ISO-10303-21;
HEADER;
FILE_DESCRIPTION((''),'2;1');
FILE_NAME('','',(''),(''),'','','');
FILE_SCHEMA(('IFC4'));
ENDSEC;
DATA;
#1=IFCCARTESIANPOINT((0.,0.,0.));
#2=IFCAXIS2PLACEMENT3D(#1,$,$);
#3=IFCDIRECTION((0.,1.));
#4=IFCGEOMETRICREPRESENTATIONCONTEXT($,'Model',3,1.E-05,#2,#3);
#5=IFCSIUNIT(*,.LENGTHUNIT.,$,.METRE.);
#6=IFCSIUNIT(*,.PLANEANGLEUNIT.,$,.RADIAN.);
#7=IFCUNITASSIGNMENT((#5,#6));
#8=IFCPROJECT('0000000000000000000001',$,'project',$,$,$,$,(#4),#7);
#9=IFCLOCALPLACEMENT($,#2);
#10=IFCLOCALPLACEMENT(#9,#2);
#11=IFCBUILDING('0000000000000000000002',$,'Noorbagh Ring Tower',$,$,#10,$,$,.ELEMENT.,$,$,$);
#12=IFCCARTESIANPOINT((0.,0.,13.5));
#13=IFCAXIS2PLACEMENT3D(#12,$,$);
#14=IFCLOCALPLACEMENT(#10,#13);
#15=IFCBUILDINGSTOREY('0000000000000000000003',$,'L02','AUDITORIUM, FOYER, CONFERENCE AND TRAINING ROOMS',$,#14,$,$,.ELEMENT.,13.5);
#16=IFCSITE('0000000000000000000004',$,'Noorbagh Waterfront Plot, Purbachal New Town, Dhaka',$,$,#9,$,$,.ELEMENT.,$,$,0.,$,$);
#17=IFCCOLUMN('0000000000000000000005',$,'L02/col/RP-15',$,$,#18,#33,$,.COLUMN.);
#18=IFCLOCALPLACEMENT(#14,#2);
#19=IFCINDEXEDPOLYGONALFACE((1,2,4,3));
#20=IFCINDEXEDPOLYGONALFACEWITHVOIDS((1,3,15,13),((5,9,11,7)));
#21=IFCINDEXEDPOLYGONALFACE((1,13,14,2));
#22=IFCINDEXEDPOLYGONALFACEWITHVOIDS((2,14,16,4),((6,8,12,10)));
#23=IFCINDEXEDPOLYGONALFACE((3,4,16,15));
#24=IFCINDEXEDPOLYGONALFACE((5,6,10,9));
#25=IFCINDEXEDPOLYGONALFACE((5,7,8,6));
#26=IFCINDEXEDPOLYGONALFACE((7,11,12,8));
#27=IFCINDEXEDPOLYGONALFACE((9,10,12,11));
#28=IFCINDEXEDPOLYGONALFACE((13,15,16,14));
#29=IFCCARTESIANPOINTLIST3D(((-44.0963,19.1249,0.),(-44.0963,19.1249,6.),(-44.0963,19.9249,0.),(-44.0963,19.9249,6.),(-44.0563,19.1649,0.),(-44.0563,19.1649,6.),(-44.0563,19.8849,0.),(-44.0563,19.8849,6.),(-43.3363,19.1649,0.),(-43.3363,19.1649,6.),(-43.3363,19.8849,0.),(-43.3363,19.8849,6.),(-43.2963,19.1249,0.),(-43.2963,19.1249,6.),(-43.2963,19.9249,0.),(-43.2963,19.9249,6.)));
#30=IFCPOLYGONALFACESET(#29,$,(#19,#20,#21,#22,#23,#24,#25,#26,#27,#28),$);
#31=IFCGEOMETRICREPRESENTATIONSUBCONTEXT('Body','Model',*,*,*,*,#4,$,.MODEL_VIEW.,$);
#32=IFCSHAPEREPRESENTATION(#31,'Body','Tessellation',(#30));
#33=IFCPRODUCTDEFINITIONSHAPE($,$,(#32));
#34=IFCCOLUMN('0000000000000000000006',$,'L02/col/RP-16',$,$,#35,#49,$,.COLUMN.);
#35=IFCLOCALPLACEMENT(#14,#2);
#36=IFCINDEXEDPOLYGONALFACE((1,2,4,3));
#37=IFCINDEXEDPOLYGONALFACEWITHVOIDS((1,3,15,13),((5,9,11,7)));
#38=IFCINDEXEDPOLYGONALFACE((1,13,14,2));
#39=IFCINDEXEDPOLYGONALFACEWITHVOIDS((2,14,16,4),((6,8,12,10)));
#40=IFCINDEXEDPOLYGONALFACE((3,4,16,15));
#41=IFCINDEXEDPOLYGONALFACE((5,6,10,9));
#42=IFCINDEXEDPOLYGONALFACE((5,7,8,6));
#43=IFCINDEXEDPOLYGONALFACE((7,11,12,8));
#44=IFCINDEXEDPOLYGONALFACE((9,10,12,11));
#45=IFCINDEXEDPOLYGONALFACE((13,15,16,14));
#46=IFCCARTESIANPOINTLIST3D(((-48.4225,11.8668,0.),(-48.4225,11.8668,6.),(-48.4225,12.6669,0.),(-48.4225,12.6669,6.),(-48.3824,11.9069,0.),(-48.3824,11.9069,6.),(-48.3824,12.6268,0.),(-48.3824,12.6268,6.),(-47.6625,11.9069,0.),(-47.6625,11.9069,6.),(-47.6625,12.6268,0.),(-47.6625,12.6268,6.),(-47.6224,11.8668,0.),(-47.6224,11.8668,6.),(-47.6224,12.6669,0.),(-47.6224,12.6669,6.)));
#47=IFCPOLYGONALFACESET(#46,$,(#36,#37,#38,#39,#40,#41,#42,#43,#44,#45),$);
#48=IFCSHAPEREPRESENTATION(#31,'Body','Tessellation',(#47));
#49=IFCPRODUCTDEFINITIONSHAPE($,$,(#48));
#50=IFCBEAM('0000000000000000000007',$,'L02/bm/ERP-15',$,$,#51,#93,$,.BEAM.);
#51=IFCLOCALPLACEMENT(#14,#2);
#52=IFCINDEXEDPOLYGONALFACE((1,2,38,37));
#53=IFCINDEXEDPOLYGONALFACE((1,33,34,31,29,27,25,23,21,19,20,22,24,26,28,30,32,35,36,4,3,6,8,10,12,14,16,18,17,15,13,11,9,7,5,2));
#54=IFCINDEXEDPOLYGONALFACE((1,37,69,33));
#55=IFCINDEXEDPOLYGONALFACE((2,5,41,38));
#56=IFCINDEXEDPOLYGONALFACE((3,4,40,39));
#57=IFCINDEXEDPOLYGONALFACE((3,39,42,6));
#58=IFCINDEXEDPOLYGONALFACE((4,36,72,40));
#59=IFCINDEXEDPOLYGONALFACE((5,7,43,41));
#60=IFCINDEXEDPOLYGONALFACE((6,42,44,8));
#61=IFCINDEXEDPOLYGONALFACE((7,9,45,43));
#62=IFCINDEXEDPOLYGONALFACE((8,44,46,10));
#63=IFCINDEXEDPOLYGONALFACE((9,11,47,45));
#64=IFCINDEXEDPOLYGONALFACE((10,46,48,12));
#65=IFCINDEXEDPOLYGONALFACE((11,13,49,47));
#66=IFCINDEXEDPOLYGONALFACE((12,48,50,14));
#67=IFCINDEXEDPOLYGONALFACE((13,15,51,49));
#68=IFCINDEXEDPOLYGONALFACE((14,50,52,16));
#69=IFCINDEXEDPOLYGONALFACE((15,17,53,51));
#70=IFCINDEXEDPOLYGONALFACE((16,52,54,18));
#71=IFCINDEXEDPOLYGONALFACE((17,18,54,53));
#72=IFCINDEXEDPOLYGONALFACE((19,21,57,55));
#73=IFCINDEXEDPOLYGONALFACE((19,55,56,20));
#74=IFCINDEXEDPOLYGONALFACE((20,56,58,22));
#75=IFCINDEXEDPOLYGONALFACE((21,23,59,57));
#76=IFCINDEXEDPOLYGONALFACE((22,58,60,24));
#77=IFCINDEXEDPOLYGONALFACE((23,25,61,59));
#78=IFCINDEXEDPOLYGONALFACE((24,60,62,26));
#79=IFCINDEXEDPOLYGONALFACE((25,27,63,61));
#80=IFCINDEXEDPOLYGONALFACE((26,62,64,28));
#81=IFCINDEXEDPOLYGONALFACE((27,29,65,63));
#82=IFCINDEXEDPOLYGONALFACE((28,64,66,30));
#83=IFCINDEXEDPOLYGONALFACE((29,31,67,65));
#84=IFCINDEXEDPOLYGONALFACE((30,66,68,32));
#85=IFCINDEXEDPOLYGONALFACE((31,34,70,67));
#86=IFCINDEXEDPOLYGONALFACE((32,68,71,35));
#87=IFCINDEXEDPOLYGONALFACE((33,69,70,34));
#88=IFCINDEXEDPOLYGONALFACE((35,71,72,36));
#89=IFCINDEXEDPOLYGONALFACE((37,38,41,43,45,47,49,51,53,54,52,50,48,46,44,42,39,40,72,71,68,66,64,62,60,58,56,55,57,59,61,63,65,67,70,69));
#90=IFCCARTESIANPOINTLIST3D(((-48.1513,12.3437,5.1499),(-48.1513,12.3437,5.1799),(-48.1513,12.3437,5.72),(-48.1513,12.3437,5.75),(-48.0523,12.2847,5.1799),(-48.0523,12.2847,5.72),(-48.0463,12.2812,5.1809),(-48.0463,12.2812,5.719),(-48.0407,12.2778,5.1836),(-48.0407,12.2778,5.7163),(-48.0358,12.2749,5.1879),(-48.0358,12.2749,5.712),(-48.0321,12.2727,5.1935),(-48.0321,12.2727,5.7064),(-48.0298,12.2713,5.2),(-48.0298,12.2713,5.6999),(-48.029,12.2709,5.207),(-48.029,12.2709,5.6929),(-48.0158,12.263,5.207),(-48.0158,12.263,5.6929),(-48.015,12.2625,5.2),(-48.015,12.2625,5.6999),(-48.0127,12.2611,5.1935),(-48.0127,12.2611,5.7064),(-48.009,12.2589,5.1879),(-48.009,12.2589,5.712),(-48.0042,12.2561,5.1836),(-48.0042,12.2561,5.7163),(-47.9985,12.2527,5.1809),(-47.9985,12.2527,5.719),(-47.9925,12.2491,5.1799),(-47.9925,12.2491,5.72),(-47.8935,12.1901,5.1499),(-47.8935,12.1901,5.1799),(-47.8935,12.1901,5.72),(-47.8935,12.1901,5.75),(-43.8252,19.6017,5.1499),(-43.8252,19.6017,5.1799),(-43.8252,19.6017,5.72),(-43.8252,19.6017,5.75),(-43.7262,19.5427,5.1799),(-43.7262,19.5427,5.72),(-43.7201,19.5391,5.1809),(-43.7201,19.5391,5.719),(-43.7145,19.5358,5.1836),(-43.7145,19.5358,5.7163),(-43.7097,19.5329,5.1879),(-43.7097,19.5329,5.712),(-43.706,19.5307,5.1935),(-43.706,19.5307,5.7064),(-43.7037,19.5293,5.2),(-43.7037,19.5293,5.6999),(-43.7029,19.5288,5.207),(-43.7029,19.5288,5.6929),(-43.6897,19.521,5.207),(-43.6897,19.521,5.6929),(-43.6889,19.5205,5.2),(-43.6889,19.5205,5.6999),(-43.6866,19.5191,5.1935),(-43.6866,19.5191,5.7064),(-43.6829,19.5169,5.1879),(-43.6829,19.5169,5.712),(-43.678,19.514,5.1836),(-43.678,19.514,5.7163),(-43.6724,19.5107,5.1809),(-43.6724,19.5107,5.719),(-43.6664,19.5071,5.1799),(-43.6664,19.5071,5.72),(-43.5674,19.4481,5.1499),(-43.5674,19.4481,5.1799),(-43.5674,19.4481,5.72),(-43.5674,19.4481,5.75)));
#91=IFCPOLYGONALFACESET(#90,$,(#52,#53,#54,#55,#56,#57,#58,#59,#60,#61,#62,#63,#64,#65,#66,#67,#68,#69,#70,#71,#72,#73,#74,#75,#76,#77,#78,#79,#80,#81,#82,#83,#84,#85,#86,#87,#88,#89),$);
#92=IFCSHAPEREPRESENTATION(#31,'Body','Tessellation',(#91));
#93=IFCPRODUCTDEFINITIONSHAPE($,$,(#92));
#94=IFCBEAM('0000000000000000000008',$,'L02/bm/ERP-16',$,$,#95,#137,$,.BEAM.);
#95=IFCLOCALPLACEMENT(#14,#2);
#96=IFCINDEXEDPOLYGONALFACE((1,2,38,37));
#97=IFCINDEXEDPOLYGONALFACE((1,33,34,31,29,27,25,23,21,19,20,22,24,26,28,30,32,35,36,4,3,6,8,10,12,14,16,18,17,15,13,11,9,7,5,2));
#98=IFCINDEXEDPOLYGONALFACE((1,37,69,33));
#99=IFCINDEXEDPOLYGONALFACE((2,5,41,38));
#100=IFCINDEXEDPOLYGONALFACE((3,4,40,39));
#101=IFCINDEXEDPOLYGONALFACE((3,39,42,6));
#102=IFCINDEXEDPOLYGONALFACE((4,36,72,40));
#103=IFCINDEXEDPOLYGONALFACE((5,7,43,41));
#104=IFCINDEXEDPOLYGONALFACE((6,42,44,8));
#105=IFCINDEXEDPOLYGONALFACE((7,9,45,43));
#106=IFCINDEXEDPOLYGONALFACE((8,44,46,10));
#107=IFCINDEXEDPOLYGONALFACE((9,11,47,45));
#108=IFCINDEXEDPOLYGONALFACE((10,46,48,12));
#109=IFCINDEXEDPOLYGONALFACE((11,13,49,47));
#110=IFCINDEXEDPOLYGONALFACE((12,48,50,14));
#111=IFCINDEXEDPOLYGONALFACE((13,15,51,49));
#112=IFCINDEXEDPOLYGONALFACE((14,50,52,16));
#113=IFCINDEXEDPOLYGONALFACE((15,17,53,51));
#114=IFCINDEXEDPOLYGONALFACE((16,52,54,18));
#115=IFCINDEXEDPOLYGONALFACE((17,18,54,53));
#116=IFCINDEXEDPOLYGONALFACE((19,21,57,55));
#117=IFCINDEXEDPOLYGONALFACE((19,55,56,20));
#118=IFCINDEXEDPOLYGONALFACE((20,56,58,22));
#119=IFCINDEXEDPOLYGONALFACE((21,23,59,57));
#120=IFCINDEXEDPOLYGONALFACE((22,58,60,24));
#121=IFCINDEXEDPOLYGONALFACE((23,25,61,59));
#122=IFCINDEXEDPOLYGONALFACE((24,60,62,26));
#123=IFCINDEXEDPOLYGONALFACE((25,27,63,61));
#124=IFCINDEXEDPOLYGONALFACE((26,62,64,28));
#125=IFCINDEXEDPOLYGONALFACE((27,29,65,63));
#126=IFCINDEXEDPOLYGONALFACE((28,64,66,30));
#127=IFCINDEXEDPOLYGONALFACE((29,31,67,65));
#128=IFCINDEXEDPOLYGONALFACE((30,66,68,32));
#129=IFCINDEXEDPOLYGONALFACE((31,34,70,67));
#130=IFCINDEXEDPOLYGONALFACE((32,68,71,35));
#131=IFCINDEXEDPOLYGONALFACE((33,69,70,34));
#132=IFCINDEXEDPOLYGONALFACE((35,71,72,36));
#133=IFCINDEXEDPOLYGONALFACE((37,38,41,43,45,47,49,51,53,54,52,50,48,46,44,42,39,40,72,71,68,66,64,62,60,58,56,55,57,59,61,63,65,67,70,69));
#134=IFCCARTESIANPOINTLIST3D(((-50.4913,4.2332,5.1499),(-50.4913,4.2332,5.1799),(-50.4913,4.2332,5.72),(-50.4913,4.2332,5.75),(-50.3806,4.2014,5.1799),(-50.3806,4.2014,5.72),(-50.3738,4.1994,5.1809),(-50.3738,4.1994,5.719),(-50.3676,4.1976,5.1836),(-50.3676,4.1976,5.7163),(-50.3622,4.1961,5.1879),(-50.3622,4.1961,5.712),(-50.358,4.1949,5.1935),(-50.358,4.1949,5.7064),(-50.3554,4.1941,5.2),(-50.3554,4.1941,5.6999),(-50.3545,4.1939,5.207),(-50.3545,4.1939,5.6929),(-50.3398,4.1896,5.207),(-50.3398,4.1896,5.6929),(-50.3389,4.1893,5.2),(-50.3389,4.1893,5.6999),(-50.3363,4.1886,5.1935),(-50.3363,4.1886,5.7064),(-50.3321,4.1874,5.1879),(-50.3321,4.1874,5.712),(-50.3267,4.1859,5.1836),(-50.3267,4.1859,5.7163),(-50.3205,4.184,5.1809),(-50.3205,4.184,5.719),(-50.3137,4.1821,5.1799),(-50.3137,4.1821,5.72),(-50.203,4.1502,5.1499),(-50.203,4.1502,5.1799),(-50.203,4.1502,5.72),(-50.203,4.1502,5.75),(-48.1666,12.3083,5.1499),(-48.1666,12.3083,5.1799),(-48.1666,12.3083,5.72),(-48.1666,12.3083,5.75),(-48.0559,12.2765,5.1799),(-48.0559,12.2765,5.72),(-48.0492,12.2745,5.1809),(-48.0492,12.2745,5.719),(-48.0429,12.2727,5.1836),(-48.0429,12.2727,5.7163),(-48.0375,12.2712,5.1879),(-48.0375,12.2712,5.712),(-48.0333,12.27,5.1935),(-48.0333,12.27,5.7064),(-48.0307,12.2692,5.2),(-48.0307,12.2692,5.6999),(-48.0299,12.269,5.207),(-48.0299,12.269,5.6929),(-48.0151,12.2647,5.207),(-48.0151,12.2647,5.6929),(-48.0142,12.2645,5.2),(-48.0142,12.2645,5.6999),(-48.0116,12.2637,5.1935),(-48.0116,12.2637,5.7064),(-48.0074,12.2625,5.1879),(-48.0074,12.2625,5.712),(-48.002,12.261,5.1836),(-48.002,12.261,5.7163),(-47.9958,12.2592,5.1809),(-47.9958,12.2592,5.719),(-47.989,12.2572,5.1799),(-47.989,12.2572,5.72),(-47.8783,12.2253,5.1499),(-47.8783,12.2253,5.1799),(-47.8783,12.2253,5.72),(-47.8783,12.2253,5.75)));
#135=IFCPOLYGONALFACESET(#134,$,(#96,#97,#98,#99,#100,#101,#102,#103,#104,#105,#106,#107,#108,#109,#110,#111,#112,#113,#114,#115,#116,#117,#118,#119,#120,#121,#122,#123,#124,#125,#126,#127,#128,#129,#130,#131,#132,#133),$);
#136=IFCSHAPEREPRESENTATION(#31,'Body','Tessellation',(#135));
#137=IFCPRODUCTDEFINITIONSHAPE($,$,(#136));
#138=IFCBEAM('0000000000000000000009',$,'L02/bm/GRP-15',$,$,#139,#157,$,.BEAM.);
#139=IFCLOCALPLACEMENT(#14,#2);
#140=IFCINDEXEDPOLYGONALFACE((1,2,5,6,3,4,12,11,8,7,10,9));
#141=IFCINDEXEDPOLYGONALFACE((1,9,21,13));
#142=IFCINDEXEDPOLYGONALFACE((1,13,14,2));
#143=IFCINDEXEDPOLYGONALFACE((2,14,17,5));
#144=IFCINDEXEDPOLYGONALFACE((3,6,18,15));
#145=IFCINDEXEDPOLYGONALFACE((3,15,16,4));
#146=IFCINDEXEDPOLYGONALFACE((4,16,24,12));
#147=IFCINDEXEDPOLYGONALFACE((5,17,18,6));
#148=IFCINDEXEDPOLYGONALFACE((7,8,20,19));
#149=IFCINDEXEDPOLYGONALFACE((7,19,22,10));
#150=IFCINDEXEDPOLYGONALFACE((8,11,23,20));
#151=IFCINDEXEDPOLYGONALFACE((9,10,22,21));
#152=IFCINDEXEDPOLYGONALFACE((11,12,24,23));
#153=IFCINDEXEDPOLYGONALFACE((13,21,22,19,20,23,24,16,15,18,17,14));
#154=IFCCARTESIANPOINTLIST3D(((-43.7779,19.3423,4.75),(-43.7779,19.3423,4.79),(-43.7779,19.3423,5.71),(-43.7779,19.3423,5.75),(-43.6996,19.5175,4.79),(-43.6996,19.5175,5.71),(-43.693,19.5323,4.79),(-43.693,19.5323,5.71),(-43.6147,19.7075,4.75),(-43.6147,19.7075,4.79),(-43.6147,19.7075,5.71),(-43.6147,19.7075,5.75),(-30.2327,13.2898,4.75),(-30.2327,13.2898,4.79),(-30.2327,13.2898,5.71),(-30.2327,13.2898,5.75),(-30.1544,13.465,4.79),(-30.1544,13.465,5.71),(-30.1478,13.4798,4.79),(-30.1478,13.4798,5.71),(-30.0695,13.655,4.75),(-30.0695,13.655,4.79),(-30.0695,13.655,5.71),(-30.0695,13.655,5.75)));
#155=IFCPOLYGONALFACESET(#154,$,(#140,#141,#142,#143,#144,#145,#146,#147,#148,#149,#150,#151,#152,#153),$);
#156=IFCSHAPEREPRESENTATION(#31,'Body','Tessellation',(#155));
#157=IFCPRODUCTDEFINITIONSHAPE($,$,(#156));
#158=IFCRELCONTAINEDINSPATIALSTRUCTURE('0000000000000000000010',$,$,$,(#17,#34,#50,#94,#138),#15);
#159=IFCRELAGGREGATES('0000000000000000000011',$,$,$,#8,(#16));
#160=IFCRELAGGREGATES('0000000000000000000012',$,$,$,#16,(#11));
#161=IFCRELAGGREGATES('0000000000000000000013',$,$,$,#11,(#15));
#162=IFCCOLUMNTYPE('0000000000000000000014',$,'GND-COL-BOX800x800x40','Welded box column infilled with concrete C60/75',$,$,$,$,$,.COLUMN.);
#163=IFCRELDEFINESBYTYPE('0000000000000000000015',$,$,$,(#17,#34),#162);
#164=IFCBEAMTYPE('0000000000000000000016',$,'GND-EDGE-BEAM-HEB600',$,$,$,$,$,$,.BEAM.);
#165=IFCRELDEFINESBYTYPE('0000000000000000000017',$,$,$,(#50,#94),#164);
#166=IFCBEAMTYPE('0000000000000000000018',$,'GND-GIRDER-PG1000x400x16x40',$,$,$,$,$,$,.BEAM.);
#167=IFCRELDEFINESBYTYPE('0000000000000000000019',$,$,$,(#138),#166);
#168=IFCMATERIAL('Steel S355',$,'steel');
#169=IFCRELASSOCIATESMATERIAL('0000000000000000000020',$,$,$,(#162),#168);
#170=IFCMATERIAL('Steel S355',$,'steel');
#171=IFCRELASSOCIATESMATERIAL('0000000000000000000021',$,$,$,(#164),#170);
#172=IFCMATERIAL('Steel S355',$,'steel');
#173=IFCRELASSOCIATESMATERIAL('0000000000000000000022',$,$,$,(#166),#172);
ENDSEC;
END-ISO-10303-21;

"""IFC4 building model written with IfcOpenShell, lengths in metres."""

from ifc_helpers import new_model, si_unit, direction, frame, origin, origin_2d, place, context, subcontext, project, spatial, hollow_rectangle, i_section, extrude, material, material_profile, profile_set, type_object, element, save


model = new_model("IFC4")

# Units and contexts
model_context = context("Model", 3, precision=1e-05, world=origin(), true_north=direction((0.0, 1.0)))
body_context = subcontext(model_context, "Body", "Model", "MODEL_VIEW")
ifc_project = project(units=[si_unit("LENGTHUNIT", "METRE"), si_unit("PLANEANGLEUNIT", "RADIAN")], contexts=[model_context])

# Site, building, storey
site_placement = place(None, origin())
site = spatial("IfcSite", under=ifc_project, at=site_placement, Name="Noorbagh Waterfront Plot, Purbachal New Town, Dhaka", CompositionType="ELEMENT", RefElevation=0.0)
building_placement = place(site_placement, origin())
building = spatial("IfcBuilding", under=site, at=building_placement, Name="Noorbagh Ring Tower", CompositionType="ELEMENT")
storey_placement = place(building_placement, frame((0.0, 0.0, 13.5)))
storey = spatial("IfcBuildingStorey", under=building, at=storey_placement, Name="L02", Description="AUDITORIUM, FOYER, CONFERENCE AND TRAINING ROOMS", CompositionType="ELEMENT", Elevation=13.5)

# Columns
ifc_material_1 = material(Name="Steel S355", Category="steel")
ifc_material_profile_1 = material_profile(ifc_material_1, hollow_rectangle(XDim=0.8, YDim=0.8, WallThickness=0.04, at=origin_2d()), Name="BOX800x800x40")
ifc_profile_set_1 = profile_set([ifc_material_profile_1], Name="Steel S355")
column_type = type_object("IfcColumnType", Name="GND-COL-BOX800x800x40", Description="Welded box column infilled with concrete C60/75", PredefinedType="COLUMN", material=ifc_profile_set_1)
for number, where, z_axis, x_axis, name in (
    (1, (-43.6963, 19.5249, 0.0), (0.0, 0.0, 1.0), (1.0, 0.0, 0.0), "L02/col/RP-15"),
    (2, (-48.0225, 12.2668, 0.0), (0.0, 0.0, 1.0), (1.0, 0.0, 0.0), "L02/col/RP-16"),
):
    element("IfcColumn", number, at=place(storey_placement, frame(where, z_axis=z_axis, x_axis=x_axis)), inside=storey, type_object=column_type, Name=name, PredefinedType="COLUMN", context=body_context, shape_type="SweptSolid", body=[
        extrude(hollow_rectangle(XDim=0.8, YDim=0.8, WallThickness=0.04, at=origin_2d()), origin(), (0.0, 0.0, 1.0), 6.0),
    ])

# Beams
ifc_material_2 = material(Name="Steel S355", Category="steel")
ifc_material_profile_2 = material_profile(ifc_material_2, i_section(OverallWidth=0.3, OverallDepth=0.6001, WebThickness=0.0154, FlangeThickness=0.03, FilletRadius=0.0271, at=origin_2d()), Name="HEB600")
ifc_profile_set_2 = profile_set([ifc_material_profile_2], Name="Steel S355")
beam_type_1 = type_object("IfcBeamType", Name="GND-EDGE-BEAM-HEB600", PredefinedType="BEAM", material=ifc_profile_set_2)
beam_1_placement = place(storey_placement, frame((-43.6963, 19.5249, 5.45), z_axis=(-0.511999, -0.858986, 0.0), x_axis=(0.858986, -0.511999, 0.0)))
element("IfcBeam", 3, at=beam_1_placement, inside=storey, type_object=beam_type_1, Name="L02/bm/ERP-15", PredefinedType="BEAM", context=body_context, shape_type="SweptSolid", body=[
    extrude(i_section(OverallWidth=0.3, OverallDepth=0.6001, WebThickness=0.0154, FlangeThickness=0.03, FilletRadius=0.0271, at=origin_2d()), origin(), (0.0, 0.0, 1.0), 8.4495),
])
beam_2_placement = place(storey_placement, frame((-48.0225, 12.2668, 5.45), z_axis=(-0.276647, -0.960972, 0.0), x_axis=(0.960972, -0.276647, 0.0)))
element("IfcBeam", 4, at=beam_2_placement, inside=storey, type_object=beam_type_1, Name="L02/bm/ERP-16", PredefinedType="BEAM", context=body_context, shape_type="SweptSolid", body=[
    extrude(i_section(OverallWidth=0.3, OverallDepth=0.6001, WebThickness=0.0154, FlangeThickness=0.03, FilletRadius=0.0271, at=origin_2d()), origin(), (0.0, 0.0, 1.0), 8.4031),
])
ifc_material_3 = material(Name="Steel S355", Category="steel")
ifc_material_profile_3 = material_profile(ifc_material_3, i_section(OverallWidth=0.3999, OverallDepth=1.0, WebThickness=0.0161, FlangeThickness=0.04, at=origin_2d()), Name="PG1000x400x16x40")
ifc_profile_set_3 = profile_set([ifc_material_profile_3], Name="Steel S355")
beam_type_2 = type_object("IfcBeamType", Name="GND-GIRDER-PG1000x400x16x40", PredefinedType="BEAM", material=ifc_profile_set_3)
beam_3_placement = place(storey_placement, frame((-43.6963, 19.5249, 5.25), z_axis=(0.912999, -0.407962, 0.0), x_axis=(0.407962, 0.912999, 0.0)))
element("IfcBeam", 5, at=beam_3_placement, inside=storey, type_object=beam_type_2, Name="L02/bm/GRP-15", PredefinedType="BEAM", context=body_context, shape_type="SweptSolid", body=[
    extrude(i_section(OverallWidth=0.3999, OverallDepth=1.0, WebThickness=0.0161, FlangeThickness=0.04, at=origin_2d()), origin(), (0.0, 0.0, 1.0), 14.8359),
])

save(model, "model.ifc")
